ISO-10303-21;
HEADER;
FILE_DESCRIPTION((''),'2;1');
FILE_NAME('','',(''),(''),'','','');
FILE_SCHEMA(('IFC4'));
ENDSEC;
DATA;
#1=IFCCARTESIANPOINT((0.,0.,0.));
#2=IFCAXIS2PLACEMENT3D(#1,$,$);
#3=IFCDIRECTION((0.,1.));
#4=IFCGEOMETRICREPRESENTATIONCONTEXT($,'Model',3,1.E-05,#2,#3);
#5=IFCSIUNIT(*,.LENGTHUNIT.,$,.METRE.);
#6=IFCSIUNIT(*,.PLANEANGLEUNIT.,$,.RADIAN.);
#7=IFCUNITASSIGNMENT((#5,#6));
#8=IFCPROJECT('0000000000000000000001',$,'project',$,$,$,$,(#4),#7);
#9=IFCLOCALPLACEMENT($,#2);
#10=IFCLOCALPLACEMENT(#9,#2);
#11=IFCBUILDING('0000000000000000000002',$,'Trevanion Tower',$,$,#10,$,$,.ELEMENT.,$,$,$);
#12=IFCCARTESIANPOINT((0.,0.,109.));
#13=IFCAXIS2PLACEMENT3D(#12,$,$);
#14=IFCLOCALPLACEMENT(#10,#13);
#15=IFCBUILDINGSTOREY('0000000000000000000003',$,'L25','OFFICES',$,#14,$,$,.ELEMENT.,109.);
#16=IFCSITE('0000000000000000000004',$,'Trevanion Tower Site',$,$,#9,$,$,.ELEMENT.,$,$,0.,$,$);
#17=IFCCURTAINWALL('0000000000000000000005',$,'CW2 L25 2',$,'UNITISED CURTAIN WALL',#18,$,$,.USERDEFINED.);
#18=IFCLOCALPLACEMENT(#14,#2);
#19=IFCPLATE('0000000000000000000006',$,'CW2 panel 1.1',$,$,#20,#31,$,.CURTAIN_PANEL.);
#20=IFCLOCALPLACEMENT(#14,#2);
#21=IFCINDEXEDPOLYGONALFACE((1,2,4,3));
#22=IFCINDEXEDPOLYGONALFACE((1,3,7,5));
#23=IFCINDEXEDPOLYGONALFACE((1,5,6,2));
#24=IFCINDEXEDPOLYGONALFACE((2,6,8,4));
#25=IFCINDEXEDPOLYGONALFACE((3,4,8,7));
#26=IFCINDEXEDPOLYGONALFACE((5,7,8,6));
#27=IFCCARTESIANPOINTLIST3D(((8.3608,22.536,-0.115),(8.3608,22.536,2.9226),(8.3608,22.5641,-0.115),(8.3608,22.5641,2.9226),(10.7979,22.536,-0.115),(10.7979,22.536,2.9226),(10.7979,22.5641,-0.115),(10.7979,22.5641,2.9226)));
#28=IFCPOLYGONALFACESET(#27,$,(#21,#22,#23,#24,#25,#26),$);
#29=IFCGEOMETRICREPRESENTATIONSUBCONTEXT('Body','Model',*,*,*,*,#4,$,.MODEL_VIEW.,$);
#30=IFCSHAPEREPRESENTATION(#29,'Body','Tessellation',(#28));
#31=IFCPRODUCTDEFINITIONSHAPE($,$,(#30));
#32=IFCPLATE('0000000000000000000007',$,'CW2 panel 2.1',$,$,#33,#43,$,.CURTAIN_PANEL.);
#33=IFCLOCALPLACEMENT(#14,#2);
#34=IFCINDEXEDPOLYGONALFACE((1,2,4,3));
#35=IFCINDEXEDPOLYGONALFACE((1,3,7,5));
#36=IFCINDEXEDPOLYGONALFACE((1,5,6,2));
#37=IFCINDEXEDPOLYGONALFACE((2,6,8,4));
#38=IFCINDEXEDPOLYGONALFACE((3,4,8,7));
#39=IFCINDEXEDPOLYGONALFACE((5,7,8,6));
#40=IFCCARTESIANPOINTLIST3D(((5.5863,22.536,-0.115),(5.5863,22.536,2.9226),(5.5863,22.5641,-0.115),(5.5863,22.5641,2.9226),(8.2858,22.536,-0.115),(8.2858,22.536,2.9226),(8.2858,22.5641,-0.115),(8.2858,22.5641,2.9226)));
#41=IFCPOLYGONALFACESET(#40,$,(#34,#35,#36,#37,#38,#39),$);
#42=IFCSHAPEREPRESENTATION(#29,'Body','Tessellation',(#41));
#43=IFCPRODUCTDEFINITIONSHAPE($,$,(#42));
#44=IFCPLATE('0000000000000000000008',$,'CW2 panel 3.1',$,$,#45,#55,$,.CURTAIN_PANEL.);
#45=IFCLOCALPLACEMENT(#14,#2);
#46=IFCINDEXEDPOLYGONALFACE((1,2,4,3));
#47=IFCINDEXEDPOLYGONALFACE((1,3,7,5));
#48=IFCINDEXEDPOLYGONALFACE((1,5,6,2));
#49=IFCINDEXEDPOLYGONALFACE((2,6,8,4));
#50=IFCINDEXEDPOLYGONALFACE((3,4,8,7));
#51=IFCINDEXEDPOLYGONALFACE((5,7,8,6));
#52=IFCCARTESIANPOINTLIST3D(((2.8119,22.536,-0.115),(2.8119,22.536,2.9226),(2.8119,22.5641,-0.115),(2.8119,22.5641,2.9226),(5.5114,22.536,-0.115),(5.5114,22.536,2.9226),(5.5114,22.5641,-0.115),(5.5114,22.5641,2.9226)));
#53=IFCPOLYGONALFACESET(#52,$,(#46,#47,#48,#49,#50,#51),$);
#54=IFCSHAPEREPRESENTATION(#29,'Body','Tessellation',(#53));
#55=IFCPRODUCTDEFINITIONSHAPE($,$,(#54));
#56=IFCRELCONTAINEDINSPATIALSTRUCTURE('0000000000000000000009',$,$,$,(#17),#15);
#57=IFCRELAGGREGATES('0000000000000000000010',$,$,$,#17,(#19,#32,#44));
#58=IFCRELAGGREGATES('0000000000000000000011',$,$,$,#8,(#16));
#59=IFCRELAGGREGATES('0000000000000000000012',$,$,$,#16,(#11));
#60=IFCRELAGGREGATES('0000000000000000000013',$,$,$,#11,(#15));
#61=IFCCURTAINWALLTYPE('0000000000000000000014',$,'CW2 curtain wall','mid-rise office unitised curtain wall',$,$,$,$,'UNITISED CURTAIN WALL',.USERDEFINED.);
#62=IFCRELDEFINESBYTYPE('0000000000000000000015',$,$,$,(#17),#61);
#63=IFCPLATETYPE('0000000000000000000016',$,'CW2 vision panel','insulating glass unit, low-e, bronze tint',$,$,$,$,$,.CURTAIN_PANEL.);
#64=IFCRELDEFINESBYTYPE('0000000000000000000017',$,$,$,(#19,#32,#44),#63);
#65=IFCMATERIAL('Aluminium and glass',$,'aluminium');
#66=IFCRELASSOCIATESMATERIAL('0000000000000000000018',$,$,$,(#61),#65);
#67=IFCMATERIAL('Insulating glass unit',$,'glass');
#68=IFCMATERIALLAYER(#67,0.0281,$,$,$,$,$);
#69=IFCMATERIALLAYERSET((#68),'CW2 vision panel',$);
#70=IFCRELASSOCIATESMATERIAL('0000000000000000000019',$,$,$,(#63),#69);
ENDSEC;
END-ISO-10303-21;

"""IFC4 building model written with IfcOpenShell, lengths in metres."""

from ifc_helpers import new_model, si_unit, direction, frame, origin, origin_2d, place, context, subcontext, project, spatial, rectangle, extrude, material, layer, layer_set, type_object, element, aggregate, save


model = new_model("IFC4")

# Units and contexts
model_context = context("Model", 3, precision=1e-05, world=origin(), true_north=direction((0.0, 1.0)))
body_context = subcontext(model_context, "Body", "Model", "MODEL_VIEW")
ifc_project = project(units=[si_unit("LENGTHUNIT", "METRE"), si_unit("PLANEANGLEUNIT", "RADIAN")], contexts=[model_context])

# Site, building, storey
site_placement = place(None, origin())
site = spatial("IfcSite", under=ifc_project, at=site_placement, Name="Trevanion Tower Site", CompositionType="ELEMENT", RefElevation=0.0)
building_placement = place(site_placement, origin())
building = spatial("IfcBuilding", under=site, at=building_placement, Name="Trevanion Tower", CompositionType="ELEMENT")
storey_placement = place(building_placement, frame((0.0, 0.0, 109.0)))
storey = spatial("IfcBuildingStorey", under=building, at=storey_placement, Name="L25", Description="OFFICES", CompositionType="ELEMENT", Elevation=109.0)

# Curtain wall, plates
ifc_material_1 = material(Name="Aluminium and glass", Category="aluminium")
curtain_wall_type = type_object("IfcCurtainWallType", Name="CW2 curtain wall", Description="mid-rise office unitised curtain wall", ElementType="UNITISED CURTAIN WALL", PredefinedType="USERDEFINED", material=ifc_material_1)
curtain_wall_placement = place(storey_placement, origin())
curtain_wall = element("IfcCurtainWall", 1, at=curtain_wall_placement, inside=storey, type_object=curtain_wall_type, Name="CW2 L25 2", ObjectType="UNITISED CURTAIN WALL", PredefinedType="USERDEFINED")
ifc_material_2 = material(Name="Insulating glass unit", Category="glass")
ifc_layer_1 = layer(ifc_material_2, 0.0281)
ifc_layer_set_1 = layer_set([ifc_layer_1], Name="CW2 vision panel")
plate_type_1 = type_object("IfcPlateType", Name="CW2 vision panel", Description="insulating glass unit, low-e, bronze tint", PredefinedType="CURTAIN_PANEL", material=ifc_layer_set_1)
plate_1_placement = place(storey_placement, frame((9.5793, 22.55, -0.115), z_axis=(0.0, 0.0, 1.0), x_axis=(-1.0, 0.0, 0.0)))
plate_1 = element("IfcPlate", 2, at=plate_1_placement, type_object=plate_type_1, Name="CW2 panel 1.1", PredefinedType="CURTAIN_PANEL", context=body_context, shape_type="SweptSolid", body=[
    extrude(rectangle(XDim=2.437, YDim=0.0281, at=origin_2d()), origin(), (0.0, 0.0, 1.0), 3.0376),
])
plate_2_placement = place(storey_placement, frame((6.936, 22.55, -0.115), z_axis=(0.0, 0.0, 1.0), x_axis=(-1.0, 0.0, 0.0)))
plate_2 = element("IfcPlate", 3, at=plate_2_placement, type_object=plate_type_1, Name="CW2 panel 2.1", PredefinedType="CURTAIN_PANEL", context=body_context, shape_type="SweptSolid", body=[
    extrude(rectangle(XDim=2.6995, YDim=0.0281, at=origin_2d()), origin(), (0.0, 0.0, 1.0), 3.0376),
])
plate_3_placement = place(storey_placement, frame((4.1616, 22.55, -0.115), z_axis=(0.0, 0.0, 1.0), x_axis=(-1.0, 0.0, 0.0)))
plate_3 = element("IfcPlate", 4, at=plate_3_placement, type_object=plate_type_1, Name="CW2 panel 3.1", PredefinedType="CURTAIN_PANEL", context=body_context, shape_type="SweptSolid", body=[
    extrude(rectangle(XDim=2.6995, YDim=0.0281, at=origin_2d()), origin(), (0.0, 0.0, 1.0), 3.0376),
])
aggregate(curtain_wall, [plate_1, plate_2, plate_3])

save(model, "model.ifc")
